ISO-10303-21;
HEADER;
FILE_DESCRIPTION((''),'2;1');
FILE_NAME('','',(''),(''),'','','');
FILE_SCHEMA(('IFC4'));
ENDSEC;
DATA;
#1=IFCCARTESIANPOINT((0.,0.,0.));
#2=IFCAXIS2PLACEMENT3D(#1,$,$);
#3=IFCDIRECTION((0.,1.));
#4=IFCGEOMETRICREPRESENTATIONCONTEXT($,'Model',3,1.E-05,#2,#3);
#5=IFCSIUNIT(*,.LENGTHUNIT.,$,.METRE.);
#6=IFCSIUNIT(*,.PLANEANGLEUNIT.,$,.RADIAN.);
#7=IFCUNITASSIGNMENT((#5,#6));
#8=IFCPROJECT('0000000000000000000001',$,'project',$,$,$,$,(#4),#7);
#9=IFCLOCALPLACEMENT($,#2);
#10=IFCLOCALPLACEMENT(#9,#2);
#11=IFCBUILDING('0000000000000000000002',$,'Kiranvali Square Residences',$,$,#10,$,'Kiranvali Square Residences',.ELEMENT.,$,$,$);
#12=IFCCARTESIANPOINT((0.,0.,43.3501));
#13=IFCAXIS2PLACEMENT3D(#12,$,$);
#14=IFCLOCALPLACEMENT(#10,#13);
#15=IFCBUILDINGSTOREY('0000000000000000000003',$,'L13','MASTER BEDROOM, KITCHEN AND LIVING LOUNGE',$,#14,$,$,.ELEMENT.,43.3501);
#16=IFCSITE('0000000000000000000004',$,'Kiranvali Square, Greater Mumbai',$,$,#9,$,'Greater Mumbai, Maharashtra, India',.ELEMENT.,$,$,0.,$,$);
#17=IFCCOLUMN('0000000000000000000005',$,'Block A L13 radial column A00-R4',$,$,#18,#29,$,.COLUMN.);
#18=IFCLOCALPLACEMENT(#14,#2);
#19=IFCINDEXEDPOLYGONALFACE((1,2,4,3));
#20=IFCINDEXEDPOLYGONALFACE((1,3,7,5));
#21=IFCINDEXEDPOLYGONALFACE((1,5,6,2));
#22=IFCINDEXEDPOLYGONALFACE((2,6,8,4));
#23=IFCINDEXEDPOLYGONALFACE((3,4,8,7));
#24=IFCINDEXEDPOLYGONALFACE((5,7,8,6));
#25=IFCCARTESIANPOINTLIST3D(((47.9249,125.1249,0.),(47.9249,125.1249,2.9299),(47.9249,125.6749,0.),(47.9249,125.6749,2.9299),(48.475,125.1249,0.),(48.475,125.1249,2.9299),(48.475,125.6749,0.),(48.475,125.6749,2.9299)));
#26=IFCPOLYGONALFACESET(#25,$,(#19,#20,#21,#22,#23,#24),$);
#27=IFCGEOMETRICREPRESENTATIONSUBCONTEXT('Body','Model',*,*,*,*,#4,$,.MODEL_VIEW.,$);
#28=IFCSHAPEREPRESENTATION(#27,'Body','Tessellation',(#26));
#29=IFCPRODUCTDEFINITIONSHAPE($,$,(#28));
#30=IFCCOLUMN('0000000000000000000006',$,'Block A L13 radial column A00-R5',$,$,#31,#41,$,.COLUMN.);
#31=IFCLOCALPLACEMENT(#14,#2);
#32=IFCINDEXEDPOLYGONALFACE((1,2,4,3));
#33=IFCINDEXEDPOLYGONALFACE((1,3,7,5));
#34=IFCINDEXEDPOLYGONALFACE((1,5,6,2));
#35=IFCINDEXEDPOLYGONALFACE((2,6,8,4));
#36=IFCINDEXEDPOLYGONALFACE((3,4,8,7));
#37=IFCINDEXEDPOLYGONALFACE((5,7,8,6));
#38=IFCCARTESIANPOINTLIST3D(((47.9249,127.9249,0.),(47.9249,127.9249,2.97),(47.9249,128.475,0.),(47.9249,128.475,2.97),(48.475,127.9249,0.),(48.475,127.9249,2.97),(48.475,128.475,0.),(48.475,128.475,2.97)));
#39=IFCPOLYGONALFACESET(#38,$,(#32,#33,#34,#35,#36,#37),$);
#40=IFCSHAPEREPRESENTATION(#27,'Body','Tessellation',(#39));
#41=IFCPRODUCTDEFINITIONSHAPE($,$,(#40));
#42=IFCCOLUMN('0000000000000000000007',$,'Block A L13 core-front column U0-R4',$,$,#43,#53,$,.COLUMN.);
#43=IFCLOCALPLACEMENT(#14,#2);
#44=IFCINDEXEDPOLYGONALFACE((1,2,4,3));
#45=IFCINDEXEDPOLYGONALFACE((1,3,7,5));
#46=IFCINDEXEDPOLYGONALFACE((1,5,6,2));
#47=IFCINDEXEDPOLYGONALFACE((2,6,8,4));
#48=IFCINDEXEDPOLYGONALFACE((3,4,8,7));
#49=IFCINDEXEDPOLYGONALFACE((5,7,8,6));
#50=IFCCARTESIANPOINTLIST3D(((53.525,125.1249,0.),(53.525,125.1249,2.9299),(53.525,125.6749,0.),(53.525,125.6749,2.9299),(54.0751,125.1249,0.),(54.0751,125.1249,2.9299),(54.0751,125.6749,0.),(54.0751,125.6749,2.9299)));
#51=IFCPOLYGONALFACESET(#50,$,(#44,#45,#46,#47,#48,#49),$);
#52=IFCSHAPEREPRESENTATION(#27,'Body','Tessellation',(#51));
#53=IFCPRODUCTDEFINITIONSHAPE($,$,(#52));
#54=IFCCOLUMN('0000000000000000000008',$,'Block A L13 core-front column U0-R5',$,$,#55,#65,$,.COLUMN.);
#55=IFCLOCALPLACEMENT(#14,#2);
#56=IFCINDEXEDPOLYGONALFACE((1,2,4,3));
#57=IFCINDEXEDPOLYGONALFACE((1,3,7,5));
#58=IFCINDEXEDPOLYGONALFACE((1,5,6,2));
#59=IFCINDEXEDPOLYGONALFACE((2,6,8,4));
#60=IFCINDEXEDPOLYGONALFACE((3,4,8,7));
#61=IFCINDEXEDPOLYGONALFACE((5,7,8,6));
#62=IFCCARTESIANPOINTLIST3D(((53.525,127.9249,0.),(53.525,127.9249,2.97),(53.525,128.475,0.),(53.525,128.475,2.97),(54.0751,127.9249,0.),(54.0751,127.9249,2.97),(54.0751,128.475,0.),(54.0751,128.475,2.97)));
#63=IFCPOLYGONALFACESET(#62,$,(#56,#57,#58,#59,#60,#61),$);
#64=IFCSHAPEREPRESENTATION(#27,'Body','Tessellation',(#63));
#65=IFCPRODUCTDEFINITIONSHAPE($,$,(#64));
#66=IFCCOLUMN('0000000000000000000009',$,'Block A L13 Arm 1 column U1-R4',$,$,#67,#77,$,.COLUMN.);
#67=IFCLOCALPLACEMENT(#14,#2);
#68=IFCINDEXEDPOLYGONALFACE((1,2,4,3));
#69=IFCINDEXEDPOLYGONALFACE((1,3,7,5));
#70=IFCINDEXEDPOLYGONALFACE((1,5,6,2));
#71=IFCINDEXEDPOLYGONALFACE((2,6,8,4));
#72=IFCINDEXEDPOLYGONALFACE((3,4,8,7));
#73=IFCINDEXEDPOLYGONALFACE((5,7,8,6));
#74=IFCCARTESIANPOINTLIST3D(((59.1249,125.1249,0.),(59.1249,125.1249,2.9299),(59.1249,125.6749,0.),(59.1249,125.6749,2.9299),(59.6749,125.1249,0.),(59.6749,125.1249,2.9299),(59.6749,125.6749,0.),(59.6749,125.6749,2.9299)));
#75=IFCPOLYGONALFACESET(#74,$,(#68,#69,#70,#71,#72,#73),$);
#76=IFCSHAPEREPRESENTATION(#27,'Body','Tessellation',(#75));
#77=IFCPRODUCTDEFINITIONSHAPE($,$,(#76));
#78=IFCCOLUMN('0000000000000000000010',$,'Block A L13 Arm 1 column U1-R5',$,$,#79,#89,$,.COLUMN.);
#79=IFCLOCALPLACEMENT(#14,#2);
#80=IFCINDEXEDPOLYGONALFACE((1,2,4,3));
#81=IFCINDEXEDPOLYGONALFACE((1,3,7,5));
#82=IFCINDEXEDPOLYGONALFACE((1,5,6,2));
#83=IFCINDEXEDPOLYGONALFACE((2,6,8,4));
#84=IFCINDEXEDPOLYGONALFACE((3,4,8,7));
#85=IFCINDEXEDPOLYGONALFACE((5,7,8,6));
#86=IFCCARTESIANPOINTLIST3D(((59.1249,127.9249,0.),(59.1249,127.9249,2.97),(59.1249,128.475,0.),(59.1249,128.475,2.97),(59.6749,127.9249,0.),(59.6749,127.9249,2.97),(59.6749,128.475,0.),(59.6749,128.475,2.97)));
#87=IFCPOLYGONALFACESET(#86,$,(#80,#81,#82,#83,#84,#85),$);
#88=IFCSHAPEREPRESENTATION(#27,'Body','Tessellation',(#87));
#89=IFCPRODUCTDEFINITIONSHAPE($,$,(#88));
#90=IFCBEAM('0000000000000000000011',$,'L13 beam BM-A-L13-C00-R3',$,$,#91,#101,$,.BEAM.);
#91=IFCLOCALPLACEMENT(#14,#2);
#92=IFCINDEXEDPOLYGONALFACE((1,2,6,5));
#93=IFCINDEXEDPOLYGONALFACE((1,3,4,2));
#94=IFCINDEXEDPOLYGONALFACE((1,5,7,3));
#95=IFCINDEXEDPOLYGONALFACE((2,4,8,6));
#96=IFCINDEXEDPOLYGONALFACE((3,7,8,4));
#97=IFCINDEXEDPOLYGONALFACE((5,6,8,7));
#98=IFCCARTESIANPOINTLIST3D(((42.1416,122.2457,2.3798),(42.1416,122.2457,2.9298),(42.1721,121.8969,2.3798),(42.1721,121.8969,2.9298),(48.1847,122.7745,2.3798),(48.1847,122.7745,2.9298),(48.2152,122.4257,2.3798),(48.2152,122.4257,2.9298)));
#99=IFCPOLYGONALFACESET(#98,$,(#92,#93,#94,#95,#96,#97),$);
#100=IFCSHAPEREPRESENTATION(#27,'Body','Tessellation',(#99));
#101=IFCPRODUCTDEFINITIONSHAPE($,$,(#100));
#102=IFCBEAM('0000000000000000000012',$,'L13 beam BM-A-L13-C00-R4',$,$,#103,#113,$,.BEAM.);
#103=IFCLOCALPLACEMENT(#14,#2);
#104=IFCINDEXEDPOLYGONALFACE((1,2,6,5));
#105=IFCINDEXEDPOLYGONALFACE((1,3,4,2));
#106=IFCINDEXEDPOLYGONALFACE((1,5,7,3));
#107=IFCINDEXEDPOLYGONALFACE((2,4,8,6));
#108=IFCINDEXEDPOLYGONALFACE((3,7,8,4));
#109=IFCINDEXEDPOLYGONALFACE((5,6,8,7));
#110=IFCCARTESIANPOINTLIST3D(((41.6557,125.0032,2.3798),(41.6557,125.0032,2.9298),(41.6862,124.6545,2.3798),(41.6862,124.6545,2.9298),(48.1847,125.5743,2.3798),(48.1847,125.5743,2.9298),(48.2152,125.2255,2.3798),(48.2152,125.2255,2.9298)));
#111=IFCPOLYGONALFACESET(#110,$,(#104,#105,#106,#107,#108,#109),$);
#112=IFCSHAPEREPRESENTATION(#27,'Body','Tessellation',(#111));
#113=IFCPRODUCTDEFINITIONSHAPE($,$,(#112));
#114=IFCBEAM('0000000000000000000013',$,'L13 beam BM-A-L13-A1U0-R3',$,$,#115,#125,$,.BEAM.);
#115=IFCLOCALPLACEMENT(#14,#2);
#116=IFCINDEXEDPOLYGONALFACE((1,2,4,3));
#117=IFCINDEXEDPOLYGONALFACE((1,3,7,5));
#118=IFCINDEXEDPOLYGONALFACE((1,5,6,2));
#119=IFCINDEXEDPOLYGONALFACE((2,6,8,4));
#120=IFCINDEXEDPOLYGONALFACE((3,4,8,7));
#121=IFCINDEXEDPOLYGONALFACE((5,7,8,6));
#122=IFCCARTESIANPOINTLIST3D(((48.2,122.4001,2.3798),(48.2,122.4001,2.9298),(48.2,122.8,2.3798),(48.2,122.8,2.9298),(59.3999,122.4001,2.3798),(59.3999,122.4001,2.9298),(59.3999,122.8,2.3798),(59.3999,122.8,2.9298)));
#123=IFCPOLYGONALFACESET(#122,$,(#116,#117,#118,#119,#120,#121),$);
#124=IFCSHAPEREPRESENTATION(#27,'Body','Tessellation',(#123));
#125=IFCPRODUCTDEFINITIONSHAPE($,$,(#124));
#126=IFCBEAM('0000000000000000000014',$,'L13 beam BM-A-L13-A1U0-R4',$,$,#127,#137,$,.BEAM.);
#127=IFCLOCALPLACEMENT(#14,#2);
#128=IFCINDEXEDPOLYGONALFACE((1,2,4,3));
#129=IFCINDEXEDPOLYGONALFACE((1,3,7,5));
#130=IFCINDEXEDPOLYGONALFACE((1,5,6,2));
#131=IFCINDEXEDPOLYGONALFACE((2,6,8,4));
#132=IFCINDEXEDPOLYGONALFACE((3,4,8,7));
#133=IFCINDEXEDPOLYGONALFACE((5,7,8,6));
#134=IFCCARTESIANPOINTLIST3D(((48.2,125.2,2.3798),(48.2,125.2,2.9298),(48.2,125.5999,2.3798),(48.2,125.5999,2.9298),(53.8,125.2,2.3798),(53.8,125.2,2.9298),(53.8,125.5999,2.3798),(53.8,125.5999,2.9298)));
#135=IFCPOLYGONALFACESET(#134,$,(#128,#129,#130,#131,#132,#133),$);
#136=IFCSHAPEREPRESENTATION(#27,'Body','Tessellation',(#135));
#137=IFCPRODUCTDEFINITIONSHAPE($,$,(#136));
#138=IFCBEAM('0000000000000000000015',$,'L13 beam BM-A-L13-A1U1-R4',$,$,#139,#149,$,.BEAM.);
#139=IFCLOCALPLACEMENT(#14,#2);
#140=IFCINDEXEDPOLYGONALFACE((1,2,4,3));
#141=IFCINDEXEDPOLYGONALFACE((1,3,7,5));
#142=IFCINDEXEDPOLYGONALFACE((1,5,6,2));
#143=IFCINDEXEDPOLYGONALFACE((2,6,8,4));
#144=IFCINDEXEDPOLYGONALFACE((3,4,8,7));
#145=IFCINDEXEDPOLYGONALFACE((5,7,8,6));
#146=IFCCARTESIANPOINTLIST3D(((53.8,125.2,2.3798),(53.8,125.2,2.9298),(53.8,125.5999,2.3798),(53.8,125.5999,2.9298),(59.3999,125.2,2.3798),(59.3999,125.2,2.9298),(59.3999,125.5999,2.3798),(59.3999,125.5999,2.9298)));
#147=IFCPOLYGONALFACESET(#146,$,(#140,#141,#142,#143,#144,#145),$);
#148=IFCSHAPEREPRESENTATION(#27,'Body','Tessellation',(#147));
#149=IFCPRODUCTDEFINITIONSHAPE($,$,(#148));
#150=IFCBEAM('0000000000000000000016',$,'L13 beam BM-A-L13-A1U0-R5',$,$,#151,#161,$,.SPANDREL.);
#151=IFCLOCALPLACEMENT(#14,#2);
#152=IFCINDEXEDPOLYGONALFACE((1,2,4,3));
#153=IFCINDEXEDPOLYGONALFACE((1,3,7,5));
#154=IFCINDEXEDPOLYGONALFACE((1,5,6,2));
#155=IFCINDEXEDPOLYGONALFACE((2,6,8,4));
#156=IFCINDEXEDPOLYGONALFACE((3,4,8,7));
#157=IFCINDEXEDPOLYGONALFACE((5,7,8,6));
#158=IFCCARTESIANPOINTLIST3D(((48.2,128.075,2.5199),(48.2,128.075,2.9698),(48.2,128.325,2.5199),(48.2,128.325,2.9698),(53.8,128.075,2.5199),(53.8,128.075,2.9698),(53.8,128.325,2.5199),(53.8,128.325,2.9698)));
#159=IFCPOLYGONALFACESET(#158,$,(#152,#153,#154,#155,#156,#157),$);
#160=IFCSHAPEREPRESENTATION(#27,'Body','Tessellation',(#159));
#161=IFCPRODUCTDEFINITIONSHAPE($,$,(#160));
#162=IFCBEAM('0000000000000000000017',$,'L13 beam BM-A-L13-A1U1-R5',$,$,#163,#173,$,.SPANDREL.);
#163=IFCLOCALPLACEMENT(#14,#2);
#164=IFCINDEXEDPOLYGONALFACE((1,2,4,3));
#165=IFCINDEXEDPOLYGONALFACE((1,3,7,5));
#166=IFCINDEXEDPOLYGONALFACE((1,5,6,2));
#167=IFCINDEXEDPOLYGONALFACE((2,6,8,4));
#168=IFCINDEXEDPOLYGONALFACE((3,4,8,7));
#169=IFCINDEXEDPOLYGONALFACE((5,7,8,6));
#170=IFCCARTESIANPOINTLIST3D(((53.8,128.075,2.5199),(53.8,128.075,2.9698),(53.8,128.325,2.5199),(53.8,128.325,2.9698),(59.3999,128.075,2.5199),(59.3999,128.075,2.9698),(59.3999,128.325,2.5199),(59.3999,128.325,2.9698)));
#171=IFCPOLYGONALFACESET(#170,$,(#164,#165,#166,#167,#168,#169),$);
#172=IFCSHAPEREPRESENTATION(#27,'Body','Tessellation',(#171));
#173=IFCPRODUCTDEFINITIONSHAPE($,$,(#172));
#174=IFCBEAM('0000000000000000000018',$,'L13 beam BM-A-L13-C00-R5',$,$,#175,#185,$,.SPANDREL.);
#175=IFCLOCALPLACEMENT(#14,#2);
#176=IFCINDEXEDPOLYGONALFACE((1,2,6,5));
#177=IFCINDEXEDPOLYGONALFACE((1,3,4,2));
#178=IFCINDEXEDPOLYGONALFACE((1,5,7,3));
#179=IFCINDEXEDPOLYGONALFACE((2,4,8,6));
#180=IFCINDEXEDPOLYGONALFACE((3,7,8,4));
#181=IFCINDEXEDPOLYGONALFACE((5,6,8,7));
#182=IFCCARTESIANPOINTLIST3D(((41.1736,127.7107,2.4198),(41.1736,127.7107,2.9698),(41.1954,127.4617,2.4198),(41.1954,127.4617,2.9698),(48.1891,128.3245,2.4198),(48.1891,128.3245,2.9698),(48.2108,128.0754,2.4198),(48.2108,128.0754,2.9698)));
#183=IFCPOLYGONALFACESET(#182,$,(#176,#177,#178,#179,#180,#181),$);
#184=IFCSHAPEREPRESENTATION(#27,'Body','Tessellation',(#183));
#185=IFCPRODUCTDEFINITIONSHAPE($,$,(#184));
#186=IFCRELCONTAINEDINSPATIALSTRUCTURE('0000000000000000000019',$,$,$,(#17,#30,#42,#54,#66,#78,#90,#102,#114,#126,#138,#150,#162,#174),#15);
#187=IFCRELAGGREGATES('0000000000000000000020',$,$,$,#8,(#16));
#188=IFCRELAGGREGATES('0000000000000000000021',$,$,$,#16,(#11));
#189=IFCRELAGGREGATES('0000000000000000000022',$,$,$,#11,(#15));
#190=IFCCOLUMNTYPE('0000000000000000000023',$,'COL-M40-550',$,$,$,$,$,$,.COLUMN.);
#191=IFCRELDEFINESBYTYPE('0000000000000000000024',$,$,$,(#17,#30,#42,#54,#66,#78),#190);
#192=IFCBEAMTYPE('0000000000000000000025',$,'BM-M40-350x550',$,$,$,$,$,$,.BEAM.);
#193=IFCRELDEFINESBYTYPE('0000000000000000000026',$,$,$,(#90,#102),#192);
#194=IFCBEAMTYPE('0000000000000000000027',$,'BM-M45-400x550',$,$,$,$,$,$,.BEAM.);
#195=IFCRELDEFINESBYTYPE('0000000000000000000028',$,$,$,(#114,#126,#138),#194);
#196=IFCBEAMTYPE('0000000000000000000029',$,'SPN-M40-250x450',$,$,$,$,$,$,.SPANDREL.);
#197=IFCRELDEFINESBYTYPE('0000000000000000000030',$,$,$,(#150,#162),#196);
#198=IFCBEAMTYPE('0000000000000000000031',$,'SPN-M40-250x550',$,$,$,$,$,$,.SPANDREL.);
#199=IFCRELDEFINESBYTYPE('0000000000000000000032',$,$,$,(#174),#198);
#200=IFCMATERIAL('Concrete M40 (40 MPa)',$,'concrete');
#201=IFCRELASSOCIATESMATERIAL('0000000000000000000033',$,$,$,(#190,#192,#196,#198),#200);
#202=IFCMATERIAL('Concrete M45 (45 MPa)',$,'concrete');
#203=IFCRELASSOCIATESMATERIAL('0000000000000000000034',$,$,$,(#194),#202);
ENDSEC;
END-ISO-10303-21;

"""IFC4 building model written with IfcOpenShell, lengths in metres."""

from ifc_helpers import new_model, si_unit, direction, frame, origin, origin_2d, place, context, subcontext, project, spatial, rectangle, extrude, material, material_profile, profile_set, type_object, element, save


model = new_model("IFC4")

# Units and contexts
model_context = context("Model", 3, precision=1e-05, world=origin(), true_north=direction((0.0, 1.0)))
body_context = subcontext(model_context, "Body", "Model", "MODEL_VIEW")
ifc_project = project(units=[si_unit("LENGTHUNIT", "METRE"), si_unit("PLANEANGLEUNIT", "RADIAN")], contexts=[model_context])

# Site, building, storey
site_placement = place(None, origin())
site = spatial("IfcSite", under=ifc_project, at=site_placement, Name="Kiranvali Square, Greater Mumbai", LongName="Greater Mumbai, Maharashtra, India", CompositionType="ELEMENT", RefElevation=0.0)
building_placement = place(site_placement, origin())
building = spatial("IfcBuilding", under=site, at=building_placement, Name="Kiranvali Square Residences", LongName="Kiranvali Square Residences", CompositionType="ELEMENT")
storey_placement = place(building_placement, frame((0.0, 0.0, 43.3501)))
storey = spatial("IfcBuildingStorey", under=building, at=storey_placement, Name="L13", Description="MASTER BEDROOM, KITCHEN AND LIVING LOUNGE", CompositionType="ELEMENT", Elevation=43.3501)

# Columns
ifc_material_1 = material(Name="Concrete M40 (40 MPa)", Category="concrete")
ifc_material_profile_1 = material_profile(ifc_material_1, rectangle(XDim=0.55, YDim=0.55, at=origin_2d()), Name="RC 550x550")
ifc_profile_set_1 = profile_set([ifc_material_profile_1], Name="Concrete M40 (40 MPa)")
column_type = type_object("IfcColumnType", Name="COL-M40-550", PredefinedType="COLUMN", material=ifc_profile_set_1)
column_1_placement = place(storey_placement, frame((48.2, 125.3999, 0.0), z_axis=(0.0, 0.0, 1.0), x_axis=(1.0, 0.0, 0.0)))
element("IfcColumn", 1, at=column_1_placement, inside=storey, type_object=column_type, Name="Block A L13 radial column A00-R4", PredefinedType="COLUMN", context=body_context, shape_type="SweptSolid", body=[
    extrude(rectangle(XDim=0.55, YDim=0.55, at=origin_2d()), origin(), (0.0, 0.0, 1.0), 2.9299),
])
column_2_placement = place(storey_placement, frame((48.2, 128.2, 0.0), z_axis=(0.0, 0.0, 1.0), x_axis=(1.0, 0.0, 0.0)))
element("IfcColumn", 2, at=column_2_placement, inside=storey, type_object=column_type, Name="Block A L13 radial column A00-R5", PredefinedType="COLUMN", context=body_context, shape_type="SweptSolid", body=[
    extrude(rectangle(XDim=0.55, YDim=0.55, at=origin_2d()), origin(), (0.0, 0.0, 1.0), 2.97),
])
column_3_placement = place(storey_placement, frame((53.8, 125.3999, 0.0), z_axis=(0.0, 0.0, 1.0), x_axis=(1.0, 0.0, 0.0)))
element("IfcColumn", 3, at=column_3_placement, inside=storey, type_object=column_type, Name="Block A L13 core-front column U0-R4", PredefinedType="COLUMN", context=body_context, shape_type="SweptSolid", body=[
    extrude(rectangle(XDim=0.55, YDim=0.55, at=origin_2d()), origin(), (0.0, 0.0, 1.0), 2.9299),
])
column_4_placement = place(storey_placement, frame((53.8, 128.2, 0.0), z_axis=(0.0, 0.0, 1.0), x_axis=(1.0, 0.0, 0.0)))
element("IfcColumn", 4, at=column_4_placement, inside=storey, type_object=column_type, Name="Block A L13 core-front column U0-R5", PredefinedType="COLUMN", context=body_context, shape_type="SweptSolid", body=[
    extrude(rectangle(XDim=0.55, YDim=0.55, at=origin_2d()), origin(), (0.0, 0.0, 1.0), 2.97),
])
column_5_placement = place(storey_placement, frame((59.3999, 125.3999, 0.0), z_axis=(0.0, 0.0, 1.0), x_axis=(1.0, 0.0, 0.0)))
element("IfcColumn", 5, at=column_5_placement, inside=storey, type_object=column_type, Name="Block A L13 Arm 1 column U1-R4", PredefinedType="COLUMN", context=body_context, shape_type="SweptSolid", body=[
    extrude(rectangle(XDim=0.55, YDim=0.55, at=origin_2d()), origin(), (0.0, 0.0, 1.0), 2.9299),
])
column_6_placement = place(storey_placement, frame((59.3999, 128.2, 0.0), z_axis=(0.0, 0.0, 1.0), x_axis=(1.0, 0.0, 0.0)))
element("IfcColumn", 6, at=column_6_placement, inside=storey, type_object=column_type, Name="Block A L13 Arm 1 column U1-R5", PredefinedType="COLUMN", context=body_context, shape_type="SweptSolid", body=[
    extrude(rectangle(XDim=0.55, YDim=0.55, at=origin_2d()), origin(), (0.0, 0.0, 1.0), 2.97),
])

# Beams
ifc_material_profile_2 = material_profile(ifc_material_1, rectangle(XDim=0.3501, YDim=0.55, at=origin_2d()), Name="RC 350x550")
ifc_profile_set_2 = profile_set([ifc_material_profile_2], Name="Concrete M40 (40 MPa)")
beam_type_1 = type_object("IfcBeamType", Name="BM-M40-350x550", PredefinedType="BEAM", material=ifc_profile_set_2)
beam_1_placement = place(storey_placement, frame((48.2, 122.6001, 2.6548), z_axis=(-0.996193, -0.087175, 0.0), x_axis=(0.087175, -0.996193, 0.0)))
element("IfcBeam", 7, at=beam_1_placement, inside=storey, type_object=beam_type_1, Name="L13 beam BM-A-L13-C00-R3", PredefinedType="BEAM", context=body_context, shape_type="SweptSolid", body=[
    extrude(rectangle(XDim=0.3501, YDim=0.55, at=origin_2d()), origin(), (0.0, 0.0, 1.0), 6.0662),
])
beam_2_placement = place(storey_placement, frame((48.2, 125.3999, 2.6548), z_axis=(-0.996197, -0.08713, 0.0), x_axis=(0.08713, -0.996197, 0.0)))
element("IfcBeam", 8, at=beam_2_placement, inside=storey, type_object=beam_type_1, Name="L13 beam BM-A-L13-C00-R4", PredefinedType="BEAM", context=body_context, shape_type="SweptSolid", body=[
    extrude(rectangle(XDim=0.3501, YDim=0.55, at=origin_2d()), origin(), (0.0, 0.0, 1.0), 6.554),
])
ifc_material_2 = material(Name="Concrete M45 (45 MPa)", Category="concrete")
ifc_material_profile_3 = material_profile(ifc_material_2, rectangle(XDim=0.3999, YDim=0.55, at=origin_2d()), Name="RC 400x550")
ifc_profile_set_3 = profile_set([ifc_material_profile_3], Name="Concrete M45 (45 MPa)")
beam_type_2 = type_object("IfcBeamType", Name="BM-M45-400x550", PredefinedType="BEAM", material=ifc_profile_set_3)
beam_3_placement = place(storey_placement, frame((48.2, 122.6001, 2.6548), z_axis=(1.0, 0.0, 0.0), x_axis=(0.0, 1.0, 0.0)))
element("IfcBeam", 9, at=beam_3_placement, inside=storey, type_object=beam_type_2, Name="L13 beam BM-A-L13-A1U0-R3", PredefinedType="BEAM", context=body_context, shape_type="SweptSolid", body=[
    extrude(rectangle(XDim=0.3999, YDim=0.55, at=origin_2d()), origin(), (0.0, 0.0, 1.0), 11.2),
])
beam_4_placement = place(storey_placement, frame((48.2, 125.3999, 2.6548), z_axis=(1.0, 0.0, 0.0), x_axis=(0.0, 1.0, 0.0)))
element("IfcBeam", 10, at=beam_4_placement, inside=storey, type_object=beam_type_2, Name="L13 beam BM-A-L13-A1U0-R4", PredefinedType="BEAM", context=body_context, shape_type="SweptSolid", body=[
    extrude(rectangle(XDim=0.3999, YDim=0.55, at=origin_2d()), origin(), (0.0, 0.0, 1.0), 5.6001),
])
beam_5_placement = place(storey_placement, frame((53.8, 125.3999, 2.6548), z_axis=(1.0, 0.0, 0.0), x_axis=(0.0, 1.0, 0.0)))
element("IfcBeam", 11, at=beam_5_placement, inside=storey, type_object=beam_type_2, Name="L13 beam BM-A-L13-A1U1-R4", PredefinedType="BEAM", context=body_context, shape_type="SweptSolid", body=[
    extrude(rectangle(XDim=0.3999, YDim=0.55, at=origin_2d()), origin(), (0.0, 0.0, 1.0), 5.5999),
])
ifc_material_profile_4 = material_profile(ifc_material_1, rectangle(XDim=0.25, YDim=0.45, at=origin_2d()), Name="RC 250x450")
ifc_profile_set_4 = profile_set([ifc_material_profile_4], Name="Concrete M40 (40 MPa)")
beam_type_3 = type_object("IfcBeamType", Name="SPN-M40-250x450", PredefinedType="SPANDREL", material=ifc_profile_set_4)
beam_6_placement = place(storey_placement, frame((48.2, 128.2, 2.7449), z_axis=(1.0, 0.0, 0.0), x_axis=(0.0, 1.0, 0.0)))
element("IfcBeam", 12, at=beam_6_placement, inside=storey, type_object=beam_type_3, Name="L13 beam BM-A-L13-A1U0-R5", PredefinedType="SPANDREL", context=body_context, shape_type="SweptSolid", body=[
    extrude(rectangle(XDim=0.25, YDim=0.45, at=origin_2d()), origin(), (0.0, 0.0, 1.0), 5.6001),
])
beam_7_placement = place(storey_placement, frame((53.8, 128.2, 2.7449), z_axis=(1.0, 0.0, 0.0), x_axis=(0.0, 1.0, 0.0)))
element("IfcBeam", 13, at=beam_7_placement, inside=storey, type_object=beam_type_3, Name="L13 beam BM-A-L13-A1U1-R5", PredefinedType="SPANDREL", context=body_context, shape_type="SweptSolid", body=[
    extrude(rectangle(XDim=0.25, YDim=0.45, at=origin_2d()), origin(), (0.0, 0.0, 1.0), 5.5999),
])
ifc_material_profile_5 = material_profile(ifc_material_1, rectangle(XDim=0.25, YDim=0.55, at=origin_2d()), Name="RC 250x550")
ifc_profile_set_5 = profile_set([ifc_material_profile_5], Name="Concrete M40 (40 MPa)")
beam_type_4 = type_object("IfcBeamType", Name="SPN-M40-250x550", PredefinedType="SPANDREL", material=ifc_profile_set_5)
beam_8_placement = place(storey_placement, frame((48.2, 128.2, 2.6948), z_axis=(-0.996195, -0.087156, 0.0), x_axis=(0.087156, -0.996195, 0.0)))
element("IfcBeam", 14, at=beam_8_placement, inside=storey, type_object=beam_type_4, Name="L13 beam BM-A-L13-C00-R5", PredefinedType="SPANDREL", context=body_context, shape_type="SweptSolid", body=[
    extrude(rectangle(XDim=0.25, YDim=0.55, at=origin_2d()), origin(), (0.0, 0.0, 1.0), 7.0422),
])

save(model, "model.ifc")
